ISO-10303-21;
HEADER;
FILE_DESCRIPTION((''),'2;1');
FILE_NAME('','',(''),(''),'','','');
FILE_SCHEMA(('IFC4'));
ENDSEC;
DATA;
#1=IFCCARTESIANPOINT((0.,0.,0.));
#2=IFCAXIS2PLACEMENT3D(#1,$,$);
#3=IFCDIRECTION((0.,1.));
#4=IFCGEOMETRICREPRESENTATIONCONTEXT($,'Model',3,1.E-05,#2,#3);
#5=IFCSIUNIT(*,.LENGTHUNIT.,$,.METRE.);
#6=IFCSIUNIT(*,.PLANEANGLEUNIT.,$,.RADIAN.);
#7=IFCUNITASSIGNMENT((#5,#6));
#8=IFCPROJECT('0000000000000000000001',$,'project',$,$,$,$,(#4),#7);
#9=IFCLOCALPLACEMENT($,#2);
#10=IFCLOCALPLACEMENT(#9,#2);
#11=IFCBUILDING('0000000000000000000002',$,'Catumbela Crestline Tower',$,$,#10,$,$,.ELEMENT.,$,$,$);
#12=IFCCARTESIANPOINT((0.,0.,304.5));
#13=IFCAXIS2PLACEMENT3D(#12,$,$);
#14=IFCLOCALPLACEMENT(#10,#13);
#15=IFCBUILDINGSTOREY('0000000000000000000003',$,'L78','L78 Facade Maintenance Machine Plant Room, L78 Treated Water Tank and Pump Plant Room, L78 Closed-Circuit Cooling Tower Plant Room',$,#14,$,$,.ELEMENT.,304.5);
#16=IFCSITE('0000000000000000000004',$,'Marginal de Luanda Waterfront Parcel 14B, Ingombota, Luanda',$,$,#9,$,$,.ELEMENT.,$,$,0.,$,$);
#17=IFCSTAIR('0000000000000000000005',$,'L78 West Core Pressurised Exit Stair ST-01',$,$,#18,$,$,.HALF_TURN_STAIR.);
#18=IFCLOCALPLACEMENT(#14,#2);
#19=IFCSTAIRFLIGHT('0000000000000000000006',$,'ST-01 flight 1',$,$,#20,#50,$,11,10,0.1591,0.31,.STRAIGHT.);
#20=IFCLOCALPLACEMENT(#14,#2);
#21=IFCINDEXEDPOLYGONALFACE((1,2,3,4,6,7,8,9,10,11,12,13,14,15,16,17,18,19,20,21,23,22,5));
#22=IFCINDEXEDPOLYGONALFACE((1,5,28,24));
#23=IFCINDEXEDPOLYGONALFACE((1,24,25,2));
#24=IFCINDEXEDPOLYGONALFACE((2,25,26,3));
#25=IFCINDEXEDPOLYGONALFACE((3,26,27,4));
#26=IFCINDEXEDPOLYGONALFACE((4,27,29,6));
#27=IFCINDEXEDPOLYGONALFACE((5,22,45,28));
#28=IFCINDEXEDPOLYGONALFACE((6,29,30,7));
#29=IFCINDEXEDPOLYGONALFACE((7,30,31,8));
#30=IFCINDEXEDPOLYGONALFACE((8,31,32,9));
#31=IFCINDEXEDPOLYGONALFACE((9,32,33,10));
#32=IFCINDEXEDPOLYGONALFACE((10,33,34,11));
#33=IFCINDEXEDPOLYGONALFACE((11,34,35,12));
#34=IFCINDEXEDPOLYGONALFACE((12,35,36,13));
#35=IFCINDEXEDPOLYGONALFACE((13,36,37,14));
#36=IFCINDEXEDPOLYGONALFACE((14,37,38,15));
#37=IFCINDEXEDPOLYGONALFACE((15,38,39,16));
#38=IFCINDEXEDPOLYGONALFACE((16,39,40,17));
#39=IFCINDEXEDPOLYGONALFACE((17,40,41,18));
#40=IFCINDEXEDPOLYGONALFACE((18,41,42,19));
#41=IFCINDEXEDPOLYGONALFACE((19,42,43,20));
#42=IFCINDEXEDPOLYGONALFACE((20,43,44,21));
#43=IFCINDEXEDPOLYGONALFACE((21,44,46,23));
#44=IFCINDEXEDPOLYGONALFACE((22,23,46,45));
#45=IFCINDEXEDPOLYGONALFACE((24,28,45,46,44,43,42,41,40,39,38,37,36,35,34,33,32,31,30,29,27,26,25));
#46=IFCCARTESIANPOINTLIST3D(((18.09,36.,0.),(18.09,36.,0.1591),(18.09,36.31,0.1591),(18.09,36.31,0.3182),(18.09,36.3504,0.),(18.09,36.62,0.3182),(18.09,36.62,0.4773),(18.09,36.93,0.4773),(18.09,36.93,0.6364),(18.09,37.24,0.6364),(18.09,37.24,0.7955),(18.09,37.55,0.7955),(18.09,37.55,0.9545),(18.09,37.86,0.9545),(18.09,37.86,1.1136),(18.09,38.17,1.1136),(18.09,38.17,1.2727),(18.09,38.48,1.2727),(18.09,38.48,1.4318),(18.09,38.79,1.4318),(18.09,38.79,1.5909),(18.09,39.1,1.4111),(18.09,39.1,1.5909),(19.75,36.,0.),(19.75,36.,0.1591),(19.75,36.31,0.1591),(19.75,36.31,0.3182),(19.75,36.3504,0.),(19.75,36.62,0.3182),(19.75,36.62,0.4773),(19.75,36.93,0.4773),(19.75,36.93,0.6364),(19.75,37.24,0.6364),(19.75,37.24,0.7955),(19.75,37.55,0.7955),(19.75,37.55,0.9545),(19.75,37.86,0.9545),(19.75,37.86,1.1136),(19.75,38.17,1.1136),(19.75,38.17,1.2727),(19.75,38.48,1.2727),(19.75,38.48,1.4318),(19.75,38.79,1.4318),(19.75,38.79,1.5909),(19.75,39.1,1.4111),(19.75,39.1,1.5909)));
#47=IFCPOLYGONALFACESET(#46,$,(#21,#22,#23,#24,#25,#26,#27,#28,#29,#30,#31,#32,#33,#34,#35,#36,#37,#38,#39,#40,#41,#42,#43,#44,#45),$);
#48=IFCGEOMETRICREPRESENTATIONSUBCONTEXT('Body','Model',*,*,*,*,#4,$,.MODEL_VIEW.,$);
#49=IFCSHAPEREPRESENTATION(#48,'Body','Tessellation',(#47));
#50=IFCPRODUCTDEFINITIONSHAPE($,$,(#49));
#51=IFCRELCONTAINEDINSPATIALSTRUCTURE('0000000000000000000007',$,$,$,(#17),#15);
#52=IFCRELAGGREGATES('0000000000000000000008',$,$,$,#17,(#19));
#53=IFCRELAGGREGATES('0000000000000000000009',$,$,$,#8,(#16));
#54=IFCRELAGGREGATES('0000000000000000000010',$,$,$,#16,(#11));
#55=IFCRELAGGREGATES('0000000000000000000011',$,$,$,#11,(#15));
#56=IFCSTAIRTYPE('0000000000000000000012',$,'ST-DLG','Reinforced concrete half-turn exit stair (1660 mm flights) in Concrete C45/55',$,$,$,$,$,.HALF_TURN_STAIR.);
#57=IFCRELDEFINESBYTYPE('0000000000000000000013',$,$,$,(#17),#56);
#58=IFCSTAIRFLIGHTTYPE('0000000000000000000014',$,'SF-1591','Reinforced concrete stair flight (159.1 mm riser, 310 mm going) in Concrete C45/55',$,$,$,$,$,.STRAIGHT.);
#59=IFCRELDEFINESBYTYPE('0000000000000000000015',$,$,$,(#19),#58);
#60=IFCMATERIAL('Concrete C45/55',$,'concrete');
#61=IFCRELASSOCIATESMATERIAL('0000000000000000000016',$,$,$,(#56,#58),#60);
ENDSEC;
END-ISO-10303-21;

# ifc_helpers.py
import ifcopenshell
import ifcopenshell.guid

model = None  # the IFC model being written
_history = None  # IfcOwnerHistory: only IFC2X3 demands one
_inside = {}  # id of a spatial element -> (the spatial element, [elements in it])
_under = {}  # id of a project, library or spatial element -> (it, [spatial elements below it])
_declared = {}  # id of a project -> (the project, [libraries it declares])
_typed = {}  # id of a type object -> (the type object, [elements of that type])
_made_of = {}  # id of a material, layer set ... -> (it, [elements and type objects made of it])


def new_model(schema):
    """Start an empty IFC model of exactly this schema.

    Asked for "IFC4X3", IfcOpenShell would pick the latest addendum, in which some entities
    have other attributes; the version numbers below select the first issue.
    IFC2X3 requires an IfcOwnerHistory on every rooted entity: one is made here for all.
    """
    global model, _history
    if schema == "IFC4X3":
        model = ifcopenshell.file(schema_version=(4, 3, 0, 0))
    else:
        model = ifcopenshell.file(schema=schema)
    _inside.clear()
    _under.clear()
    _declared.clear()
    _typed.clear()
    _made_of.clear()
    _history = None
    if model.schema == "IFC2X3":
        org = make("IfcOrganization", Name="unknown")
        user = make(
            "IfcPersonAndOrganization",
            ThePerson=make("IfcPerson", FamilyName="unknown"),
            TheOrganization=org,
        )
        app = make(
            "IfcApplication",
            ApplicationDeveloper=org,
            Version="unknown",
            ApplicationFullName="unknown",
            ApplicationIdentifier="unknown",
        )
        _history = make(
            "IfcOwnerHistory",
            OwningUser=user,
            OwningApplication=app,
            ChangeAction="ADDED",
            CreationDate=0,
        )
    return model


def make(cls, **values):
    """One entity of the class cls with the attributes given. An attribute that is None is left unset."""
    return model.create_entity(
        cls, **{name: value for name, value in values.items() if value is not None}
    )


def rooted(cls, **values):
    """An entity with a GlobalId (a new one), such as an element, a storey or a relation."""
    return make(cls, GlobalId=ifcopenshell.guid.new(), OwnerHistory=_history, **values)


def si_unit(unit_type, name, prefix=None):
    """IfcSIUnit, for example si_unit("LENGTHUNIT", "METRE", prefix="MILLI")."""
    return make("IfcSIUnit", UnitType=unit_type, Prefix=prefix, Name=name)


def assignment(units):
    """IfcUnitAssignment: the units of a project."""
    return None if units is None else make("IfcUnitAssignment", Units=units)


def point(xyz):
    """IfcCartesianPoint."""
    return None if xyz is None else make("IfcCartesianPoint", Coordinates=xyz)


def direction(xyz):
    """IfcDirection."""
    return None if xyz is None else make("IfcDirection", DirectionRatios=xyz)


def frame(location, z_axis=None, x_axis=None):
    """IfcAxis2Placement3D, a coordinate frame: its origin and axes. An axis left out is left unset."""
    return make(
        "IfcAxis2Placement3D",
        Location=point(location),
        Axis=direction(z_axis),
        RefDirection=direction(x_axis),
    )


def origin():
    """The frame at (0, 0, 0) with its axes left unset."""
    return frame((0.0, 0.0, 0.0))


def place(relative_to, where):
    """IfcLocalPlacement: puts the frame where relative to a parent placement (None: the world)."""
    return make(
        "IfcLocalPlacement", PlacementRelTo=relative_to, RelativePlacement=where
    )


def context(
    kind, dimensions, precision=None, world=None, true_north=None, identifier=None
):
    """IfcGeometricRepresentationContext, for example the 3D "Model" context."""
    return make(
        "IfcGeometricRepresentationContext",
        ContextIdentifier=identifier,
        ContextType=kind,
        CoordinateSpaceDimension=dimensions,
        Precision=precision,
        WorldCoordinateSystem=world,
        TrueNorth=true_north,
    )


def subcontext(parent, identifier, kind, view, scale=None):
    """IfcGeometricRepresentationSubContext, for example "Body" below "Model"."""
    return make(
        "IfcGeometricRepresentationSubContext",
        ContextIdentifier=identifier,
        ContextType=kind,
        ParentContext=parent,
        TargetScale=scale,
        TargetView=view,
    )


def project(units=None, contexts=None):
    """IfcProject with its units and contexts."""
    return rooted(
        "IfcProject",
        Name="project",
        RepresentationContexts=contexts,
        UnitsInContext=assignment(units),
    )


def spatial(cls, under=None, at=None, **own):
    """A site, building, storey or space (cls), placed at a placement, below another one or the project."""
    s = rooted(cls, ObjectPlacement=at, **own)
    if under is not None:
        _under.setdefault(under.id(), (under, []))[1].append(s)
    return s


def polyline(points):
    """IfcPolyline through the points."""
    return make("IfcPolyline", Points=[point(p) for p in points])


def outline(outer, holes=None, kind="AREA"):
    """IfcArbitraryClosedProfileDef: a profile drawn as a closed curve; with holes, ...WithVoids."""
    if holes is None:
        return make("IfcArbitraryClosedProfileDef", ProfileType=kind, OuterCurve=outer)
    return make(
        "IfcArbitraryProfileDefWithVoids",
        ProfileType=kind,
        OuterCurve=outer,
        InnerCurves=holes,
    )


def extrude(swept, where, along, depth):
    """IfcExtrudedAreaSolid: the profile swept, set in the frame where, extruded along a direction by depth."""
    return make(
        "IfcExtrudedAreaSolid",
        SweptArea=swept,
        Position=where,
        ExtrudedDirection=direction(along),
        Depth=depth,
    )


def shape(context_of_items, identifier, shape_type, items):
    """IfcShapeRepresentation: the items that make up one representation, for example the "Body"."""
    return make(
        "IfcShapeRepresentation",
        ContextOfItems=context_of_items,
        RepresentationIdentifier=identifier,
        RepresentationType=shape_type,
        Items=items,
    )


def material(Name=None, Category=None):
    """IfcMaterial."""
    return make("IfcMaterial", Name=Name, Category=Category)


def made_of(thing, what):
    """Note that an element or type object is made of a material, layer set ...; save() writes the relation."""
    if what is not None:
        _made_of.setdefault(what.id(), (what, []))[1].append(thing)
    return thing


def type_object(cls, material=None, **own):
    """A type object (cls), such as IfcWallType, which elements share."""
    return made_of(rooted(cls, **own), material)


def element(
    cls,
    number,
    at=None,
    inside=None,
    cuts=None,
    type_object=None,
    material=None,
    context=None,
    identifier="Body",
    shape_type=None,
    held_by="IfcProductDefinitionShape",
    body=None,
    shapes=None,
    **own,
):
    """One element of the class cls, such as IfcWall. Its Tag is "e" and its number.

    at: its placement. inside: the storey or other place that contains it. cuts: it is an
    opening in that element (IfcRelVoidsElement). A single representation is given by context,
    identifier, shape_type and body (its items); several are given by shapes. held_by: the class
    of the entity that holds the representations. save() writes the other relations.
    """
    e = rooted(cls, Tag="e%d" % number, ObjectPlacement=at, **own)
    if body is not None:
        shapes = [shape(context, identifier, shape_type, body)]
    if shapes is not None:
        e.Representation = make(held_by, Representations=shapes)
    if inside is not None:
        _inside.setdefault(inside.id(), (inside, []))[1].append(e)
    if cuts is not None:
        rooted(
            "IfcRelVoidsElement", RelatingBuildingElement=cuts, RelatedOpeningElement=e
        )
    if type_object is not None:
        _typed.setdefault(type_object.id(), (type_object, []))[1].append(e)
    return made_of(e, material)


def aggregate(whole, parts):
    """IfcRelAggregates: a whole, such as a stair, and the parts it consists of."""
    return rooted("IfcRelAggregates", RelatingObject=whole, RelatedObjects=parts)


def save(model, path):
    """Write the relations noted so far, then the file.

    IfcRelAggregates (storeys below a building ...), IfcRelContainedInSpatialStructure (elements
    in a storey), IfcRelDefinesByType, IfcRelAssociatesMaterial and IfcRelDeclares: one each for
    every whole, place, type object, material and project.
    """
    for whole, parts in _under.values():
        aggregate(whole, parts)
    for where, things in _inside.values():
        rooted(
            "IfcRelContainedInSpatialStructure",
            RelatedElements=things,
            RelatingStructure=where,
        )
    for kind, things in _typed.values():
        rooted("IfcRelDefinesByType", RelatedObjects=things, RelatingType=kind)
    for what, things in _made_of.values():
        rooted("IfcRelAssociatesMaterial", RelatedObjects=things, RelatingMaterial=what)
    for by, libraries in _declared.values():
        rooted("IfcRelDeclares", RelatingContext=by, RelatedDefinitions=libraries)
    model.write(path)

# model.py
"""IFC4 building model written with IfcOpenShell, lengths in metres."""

from ifc_helpers import new_model, si_unit, direction, frame, origin, place, context, subcontext, project, spatial, polyline, outline, extrude, material, type_object, element, aggregate, save


model = new_model("IFC4")

# Units and contexts
model_context = context("Model", 3, precision=1e-05, world=origin(), true_north=direction((0.0, 1.0)))
body_context = subcontext(model_context, "Body", "Model", "MODEL_VIEW")
ifc_project = project(units=[si_unit("LENGTHUNIT", "METRE"), si_unit("PLANEANGLEUNIT", "RADIAN")], contexts=[model_context])

# Site, building, storey
site_placement = place(None, origin())
site = spatial("IfcSite", under=ifc_project, at=site_placement, Name="Marginal de Luanda Waterfront Parcel 14B, Ingombota, Luanda", CompositionType="ELEMENT", RefElevation=0.0)
building_placement = place(site_placement, origin())
building = spatial("IfcBuilding", under=site, at=building_placement, Name="Catumbela Crestline Tower", CompositionType="ELEMENT")
storey_placement = place(building_placement, frame((0.0, 0.0, 304.5)))
storey = spatial("IfcBuildingStorey", under=building, at=storey_placement, Name="L78", Description="L78 Facade Maintenance Machine Plant Room, L78 Treated Water Tank and Pump Plant Room, L78 Closed-Circuit Cooling Tower Plant Room", CompositionType="ELEMENT", Elevation=304.5)

# Stair, stair flight
ifc_material_1 = material(Name="Concrete C45/55", Category="concrete")
stair_type = type_object("IfcStairType", Name="ST-DLG", Description="Reinforced concrete half-turn exit stair (1660 mm flights) in Concrete C45/55", PredefinedType="HALF_TURN_STAIR", material=ifc_material_1)
stair_placement = place(storey_placement, origin())
stair = element("IfcStair", 1, at=stair_placement, inside=storey, type_object=stair_type, Name="L78 West Core Pressurised Exit Stair ST-01", PredefinedType="HALF_TURN_STAIR")
stair_flight_type = type_object("IfcStairFlightType", Name="SF-1591", Description="Reinforced concrete stair flight (159.1 mm riser, 310 mm going) in Concrete C45/55", PredefinedType="STRAIGHT", material=ifc_material_1)
stair_flight_placement = place(storey_placement, frame((18.92, 36.0, 0.0), z_axis=(0.0, 0.0, 1.0), x_axis=(0.0, 1.0, 0.0)))
stair_flight = element("IfcStairFlight", 2, at=stair_flight_placement, type_object=stair_flight_type, Name="ST-01 flight 1", NumberOfRisers=11, NumberOfTreads=10, PredefinedType="STRAIGHT", RiserHeight=0.1591, TreadLength=0.31, context=body_context, shape_type="SweptSolid", body=[
    extrude(outline(polyline([(0.0, 0.0), (0.0, 0.1591), (0.31, 0.1591), (0.31, 0.3182), (0.62, 0.3182), (0.62, 0.4773), (0.93, 0.4773), (0.93, 0.6364), (1.24, 0.6364), (1.24, 0.7955), (1.55, 0.7955), (1.55, 0.9545), (1.86, 0.9545), (1.86, 1.1136), (2.17, 1.1136), (2.17, 1.2727), (2.48, 1.2727), (2.48, 1.4318), (2.79, 1.4318), (2.79, 1.5909), (3.1, 1.5909), (3.1, 1.75), (3.1, 1.4111), (0.3504, 0.0), (0.0, 0.0)])), frame((0.0, 0.83, 0.0), z_axis=(0.0, -1.0, 0.0), x_axis=(1.0, 0.0, 0.0)), (0.0, 0.0, 1.0), 1.66),
])
aggregate(stair, [stair_flight])

save(model, "model.ifc")
